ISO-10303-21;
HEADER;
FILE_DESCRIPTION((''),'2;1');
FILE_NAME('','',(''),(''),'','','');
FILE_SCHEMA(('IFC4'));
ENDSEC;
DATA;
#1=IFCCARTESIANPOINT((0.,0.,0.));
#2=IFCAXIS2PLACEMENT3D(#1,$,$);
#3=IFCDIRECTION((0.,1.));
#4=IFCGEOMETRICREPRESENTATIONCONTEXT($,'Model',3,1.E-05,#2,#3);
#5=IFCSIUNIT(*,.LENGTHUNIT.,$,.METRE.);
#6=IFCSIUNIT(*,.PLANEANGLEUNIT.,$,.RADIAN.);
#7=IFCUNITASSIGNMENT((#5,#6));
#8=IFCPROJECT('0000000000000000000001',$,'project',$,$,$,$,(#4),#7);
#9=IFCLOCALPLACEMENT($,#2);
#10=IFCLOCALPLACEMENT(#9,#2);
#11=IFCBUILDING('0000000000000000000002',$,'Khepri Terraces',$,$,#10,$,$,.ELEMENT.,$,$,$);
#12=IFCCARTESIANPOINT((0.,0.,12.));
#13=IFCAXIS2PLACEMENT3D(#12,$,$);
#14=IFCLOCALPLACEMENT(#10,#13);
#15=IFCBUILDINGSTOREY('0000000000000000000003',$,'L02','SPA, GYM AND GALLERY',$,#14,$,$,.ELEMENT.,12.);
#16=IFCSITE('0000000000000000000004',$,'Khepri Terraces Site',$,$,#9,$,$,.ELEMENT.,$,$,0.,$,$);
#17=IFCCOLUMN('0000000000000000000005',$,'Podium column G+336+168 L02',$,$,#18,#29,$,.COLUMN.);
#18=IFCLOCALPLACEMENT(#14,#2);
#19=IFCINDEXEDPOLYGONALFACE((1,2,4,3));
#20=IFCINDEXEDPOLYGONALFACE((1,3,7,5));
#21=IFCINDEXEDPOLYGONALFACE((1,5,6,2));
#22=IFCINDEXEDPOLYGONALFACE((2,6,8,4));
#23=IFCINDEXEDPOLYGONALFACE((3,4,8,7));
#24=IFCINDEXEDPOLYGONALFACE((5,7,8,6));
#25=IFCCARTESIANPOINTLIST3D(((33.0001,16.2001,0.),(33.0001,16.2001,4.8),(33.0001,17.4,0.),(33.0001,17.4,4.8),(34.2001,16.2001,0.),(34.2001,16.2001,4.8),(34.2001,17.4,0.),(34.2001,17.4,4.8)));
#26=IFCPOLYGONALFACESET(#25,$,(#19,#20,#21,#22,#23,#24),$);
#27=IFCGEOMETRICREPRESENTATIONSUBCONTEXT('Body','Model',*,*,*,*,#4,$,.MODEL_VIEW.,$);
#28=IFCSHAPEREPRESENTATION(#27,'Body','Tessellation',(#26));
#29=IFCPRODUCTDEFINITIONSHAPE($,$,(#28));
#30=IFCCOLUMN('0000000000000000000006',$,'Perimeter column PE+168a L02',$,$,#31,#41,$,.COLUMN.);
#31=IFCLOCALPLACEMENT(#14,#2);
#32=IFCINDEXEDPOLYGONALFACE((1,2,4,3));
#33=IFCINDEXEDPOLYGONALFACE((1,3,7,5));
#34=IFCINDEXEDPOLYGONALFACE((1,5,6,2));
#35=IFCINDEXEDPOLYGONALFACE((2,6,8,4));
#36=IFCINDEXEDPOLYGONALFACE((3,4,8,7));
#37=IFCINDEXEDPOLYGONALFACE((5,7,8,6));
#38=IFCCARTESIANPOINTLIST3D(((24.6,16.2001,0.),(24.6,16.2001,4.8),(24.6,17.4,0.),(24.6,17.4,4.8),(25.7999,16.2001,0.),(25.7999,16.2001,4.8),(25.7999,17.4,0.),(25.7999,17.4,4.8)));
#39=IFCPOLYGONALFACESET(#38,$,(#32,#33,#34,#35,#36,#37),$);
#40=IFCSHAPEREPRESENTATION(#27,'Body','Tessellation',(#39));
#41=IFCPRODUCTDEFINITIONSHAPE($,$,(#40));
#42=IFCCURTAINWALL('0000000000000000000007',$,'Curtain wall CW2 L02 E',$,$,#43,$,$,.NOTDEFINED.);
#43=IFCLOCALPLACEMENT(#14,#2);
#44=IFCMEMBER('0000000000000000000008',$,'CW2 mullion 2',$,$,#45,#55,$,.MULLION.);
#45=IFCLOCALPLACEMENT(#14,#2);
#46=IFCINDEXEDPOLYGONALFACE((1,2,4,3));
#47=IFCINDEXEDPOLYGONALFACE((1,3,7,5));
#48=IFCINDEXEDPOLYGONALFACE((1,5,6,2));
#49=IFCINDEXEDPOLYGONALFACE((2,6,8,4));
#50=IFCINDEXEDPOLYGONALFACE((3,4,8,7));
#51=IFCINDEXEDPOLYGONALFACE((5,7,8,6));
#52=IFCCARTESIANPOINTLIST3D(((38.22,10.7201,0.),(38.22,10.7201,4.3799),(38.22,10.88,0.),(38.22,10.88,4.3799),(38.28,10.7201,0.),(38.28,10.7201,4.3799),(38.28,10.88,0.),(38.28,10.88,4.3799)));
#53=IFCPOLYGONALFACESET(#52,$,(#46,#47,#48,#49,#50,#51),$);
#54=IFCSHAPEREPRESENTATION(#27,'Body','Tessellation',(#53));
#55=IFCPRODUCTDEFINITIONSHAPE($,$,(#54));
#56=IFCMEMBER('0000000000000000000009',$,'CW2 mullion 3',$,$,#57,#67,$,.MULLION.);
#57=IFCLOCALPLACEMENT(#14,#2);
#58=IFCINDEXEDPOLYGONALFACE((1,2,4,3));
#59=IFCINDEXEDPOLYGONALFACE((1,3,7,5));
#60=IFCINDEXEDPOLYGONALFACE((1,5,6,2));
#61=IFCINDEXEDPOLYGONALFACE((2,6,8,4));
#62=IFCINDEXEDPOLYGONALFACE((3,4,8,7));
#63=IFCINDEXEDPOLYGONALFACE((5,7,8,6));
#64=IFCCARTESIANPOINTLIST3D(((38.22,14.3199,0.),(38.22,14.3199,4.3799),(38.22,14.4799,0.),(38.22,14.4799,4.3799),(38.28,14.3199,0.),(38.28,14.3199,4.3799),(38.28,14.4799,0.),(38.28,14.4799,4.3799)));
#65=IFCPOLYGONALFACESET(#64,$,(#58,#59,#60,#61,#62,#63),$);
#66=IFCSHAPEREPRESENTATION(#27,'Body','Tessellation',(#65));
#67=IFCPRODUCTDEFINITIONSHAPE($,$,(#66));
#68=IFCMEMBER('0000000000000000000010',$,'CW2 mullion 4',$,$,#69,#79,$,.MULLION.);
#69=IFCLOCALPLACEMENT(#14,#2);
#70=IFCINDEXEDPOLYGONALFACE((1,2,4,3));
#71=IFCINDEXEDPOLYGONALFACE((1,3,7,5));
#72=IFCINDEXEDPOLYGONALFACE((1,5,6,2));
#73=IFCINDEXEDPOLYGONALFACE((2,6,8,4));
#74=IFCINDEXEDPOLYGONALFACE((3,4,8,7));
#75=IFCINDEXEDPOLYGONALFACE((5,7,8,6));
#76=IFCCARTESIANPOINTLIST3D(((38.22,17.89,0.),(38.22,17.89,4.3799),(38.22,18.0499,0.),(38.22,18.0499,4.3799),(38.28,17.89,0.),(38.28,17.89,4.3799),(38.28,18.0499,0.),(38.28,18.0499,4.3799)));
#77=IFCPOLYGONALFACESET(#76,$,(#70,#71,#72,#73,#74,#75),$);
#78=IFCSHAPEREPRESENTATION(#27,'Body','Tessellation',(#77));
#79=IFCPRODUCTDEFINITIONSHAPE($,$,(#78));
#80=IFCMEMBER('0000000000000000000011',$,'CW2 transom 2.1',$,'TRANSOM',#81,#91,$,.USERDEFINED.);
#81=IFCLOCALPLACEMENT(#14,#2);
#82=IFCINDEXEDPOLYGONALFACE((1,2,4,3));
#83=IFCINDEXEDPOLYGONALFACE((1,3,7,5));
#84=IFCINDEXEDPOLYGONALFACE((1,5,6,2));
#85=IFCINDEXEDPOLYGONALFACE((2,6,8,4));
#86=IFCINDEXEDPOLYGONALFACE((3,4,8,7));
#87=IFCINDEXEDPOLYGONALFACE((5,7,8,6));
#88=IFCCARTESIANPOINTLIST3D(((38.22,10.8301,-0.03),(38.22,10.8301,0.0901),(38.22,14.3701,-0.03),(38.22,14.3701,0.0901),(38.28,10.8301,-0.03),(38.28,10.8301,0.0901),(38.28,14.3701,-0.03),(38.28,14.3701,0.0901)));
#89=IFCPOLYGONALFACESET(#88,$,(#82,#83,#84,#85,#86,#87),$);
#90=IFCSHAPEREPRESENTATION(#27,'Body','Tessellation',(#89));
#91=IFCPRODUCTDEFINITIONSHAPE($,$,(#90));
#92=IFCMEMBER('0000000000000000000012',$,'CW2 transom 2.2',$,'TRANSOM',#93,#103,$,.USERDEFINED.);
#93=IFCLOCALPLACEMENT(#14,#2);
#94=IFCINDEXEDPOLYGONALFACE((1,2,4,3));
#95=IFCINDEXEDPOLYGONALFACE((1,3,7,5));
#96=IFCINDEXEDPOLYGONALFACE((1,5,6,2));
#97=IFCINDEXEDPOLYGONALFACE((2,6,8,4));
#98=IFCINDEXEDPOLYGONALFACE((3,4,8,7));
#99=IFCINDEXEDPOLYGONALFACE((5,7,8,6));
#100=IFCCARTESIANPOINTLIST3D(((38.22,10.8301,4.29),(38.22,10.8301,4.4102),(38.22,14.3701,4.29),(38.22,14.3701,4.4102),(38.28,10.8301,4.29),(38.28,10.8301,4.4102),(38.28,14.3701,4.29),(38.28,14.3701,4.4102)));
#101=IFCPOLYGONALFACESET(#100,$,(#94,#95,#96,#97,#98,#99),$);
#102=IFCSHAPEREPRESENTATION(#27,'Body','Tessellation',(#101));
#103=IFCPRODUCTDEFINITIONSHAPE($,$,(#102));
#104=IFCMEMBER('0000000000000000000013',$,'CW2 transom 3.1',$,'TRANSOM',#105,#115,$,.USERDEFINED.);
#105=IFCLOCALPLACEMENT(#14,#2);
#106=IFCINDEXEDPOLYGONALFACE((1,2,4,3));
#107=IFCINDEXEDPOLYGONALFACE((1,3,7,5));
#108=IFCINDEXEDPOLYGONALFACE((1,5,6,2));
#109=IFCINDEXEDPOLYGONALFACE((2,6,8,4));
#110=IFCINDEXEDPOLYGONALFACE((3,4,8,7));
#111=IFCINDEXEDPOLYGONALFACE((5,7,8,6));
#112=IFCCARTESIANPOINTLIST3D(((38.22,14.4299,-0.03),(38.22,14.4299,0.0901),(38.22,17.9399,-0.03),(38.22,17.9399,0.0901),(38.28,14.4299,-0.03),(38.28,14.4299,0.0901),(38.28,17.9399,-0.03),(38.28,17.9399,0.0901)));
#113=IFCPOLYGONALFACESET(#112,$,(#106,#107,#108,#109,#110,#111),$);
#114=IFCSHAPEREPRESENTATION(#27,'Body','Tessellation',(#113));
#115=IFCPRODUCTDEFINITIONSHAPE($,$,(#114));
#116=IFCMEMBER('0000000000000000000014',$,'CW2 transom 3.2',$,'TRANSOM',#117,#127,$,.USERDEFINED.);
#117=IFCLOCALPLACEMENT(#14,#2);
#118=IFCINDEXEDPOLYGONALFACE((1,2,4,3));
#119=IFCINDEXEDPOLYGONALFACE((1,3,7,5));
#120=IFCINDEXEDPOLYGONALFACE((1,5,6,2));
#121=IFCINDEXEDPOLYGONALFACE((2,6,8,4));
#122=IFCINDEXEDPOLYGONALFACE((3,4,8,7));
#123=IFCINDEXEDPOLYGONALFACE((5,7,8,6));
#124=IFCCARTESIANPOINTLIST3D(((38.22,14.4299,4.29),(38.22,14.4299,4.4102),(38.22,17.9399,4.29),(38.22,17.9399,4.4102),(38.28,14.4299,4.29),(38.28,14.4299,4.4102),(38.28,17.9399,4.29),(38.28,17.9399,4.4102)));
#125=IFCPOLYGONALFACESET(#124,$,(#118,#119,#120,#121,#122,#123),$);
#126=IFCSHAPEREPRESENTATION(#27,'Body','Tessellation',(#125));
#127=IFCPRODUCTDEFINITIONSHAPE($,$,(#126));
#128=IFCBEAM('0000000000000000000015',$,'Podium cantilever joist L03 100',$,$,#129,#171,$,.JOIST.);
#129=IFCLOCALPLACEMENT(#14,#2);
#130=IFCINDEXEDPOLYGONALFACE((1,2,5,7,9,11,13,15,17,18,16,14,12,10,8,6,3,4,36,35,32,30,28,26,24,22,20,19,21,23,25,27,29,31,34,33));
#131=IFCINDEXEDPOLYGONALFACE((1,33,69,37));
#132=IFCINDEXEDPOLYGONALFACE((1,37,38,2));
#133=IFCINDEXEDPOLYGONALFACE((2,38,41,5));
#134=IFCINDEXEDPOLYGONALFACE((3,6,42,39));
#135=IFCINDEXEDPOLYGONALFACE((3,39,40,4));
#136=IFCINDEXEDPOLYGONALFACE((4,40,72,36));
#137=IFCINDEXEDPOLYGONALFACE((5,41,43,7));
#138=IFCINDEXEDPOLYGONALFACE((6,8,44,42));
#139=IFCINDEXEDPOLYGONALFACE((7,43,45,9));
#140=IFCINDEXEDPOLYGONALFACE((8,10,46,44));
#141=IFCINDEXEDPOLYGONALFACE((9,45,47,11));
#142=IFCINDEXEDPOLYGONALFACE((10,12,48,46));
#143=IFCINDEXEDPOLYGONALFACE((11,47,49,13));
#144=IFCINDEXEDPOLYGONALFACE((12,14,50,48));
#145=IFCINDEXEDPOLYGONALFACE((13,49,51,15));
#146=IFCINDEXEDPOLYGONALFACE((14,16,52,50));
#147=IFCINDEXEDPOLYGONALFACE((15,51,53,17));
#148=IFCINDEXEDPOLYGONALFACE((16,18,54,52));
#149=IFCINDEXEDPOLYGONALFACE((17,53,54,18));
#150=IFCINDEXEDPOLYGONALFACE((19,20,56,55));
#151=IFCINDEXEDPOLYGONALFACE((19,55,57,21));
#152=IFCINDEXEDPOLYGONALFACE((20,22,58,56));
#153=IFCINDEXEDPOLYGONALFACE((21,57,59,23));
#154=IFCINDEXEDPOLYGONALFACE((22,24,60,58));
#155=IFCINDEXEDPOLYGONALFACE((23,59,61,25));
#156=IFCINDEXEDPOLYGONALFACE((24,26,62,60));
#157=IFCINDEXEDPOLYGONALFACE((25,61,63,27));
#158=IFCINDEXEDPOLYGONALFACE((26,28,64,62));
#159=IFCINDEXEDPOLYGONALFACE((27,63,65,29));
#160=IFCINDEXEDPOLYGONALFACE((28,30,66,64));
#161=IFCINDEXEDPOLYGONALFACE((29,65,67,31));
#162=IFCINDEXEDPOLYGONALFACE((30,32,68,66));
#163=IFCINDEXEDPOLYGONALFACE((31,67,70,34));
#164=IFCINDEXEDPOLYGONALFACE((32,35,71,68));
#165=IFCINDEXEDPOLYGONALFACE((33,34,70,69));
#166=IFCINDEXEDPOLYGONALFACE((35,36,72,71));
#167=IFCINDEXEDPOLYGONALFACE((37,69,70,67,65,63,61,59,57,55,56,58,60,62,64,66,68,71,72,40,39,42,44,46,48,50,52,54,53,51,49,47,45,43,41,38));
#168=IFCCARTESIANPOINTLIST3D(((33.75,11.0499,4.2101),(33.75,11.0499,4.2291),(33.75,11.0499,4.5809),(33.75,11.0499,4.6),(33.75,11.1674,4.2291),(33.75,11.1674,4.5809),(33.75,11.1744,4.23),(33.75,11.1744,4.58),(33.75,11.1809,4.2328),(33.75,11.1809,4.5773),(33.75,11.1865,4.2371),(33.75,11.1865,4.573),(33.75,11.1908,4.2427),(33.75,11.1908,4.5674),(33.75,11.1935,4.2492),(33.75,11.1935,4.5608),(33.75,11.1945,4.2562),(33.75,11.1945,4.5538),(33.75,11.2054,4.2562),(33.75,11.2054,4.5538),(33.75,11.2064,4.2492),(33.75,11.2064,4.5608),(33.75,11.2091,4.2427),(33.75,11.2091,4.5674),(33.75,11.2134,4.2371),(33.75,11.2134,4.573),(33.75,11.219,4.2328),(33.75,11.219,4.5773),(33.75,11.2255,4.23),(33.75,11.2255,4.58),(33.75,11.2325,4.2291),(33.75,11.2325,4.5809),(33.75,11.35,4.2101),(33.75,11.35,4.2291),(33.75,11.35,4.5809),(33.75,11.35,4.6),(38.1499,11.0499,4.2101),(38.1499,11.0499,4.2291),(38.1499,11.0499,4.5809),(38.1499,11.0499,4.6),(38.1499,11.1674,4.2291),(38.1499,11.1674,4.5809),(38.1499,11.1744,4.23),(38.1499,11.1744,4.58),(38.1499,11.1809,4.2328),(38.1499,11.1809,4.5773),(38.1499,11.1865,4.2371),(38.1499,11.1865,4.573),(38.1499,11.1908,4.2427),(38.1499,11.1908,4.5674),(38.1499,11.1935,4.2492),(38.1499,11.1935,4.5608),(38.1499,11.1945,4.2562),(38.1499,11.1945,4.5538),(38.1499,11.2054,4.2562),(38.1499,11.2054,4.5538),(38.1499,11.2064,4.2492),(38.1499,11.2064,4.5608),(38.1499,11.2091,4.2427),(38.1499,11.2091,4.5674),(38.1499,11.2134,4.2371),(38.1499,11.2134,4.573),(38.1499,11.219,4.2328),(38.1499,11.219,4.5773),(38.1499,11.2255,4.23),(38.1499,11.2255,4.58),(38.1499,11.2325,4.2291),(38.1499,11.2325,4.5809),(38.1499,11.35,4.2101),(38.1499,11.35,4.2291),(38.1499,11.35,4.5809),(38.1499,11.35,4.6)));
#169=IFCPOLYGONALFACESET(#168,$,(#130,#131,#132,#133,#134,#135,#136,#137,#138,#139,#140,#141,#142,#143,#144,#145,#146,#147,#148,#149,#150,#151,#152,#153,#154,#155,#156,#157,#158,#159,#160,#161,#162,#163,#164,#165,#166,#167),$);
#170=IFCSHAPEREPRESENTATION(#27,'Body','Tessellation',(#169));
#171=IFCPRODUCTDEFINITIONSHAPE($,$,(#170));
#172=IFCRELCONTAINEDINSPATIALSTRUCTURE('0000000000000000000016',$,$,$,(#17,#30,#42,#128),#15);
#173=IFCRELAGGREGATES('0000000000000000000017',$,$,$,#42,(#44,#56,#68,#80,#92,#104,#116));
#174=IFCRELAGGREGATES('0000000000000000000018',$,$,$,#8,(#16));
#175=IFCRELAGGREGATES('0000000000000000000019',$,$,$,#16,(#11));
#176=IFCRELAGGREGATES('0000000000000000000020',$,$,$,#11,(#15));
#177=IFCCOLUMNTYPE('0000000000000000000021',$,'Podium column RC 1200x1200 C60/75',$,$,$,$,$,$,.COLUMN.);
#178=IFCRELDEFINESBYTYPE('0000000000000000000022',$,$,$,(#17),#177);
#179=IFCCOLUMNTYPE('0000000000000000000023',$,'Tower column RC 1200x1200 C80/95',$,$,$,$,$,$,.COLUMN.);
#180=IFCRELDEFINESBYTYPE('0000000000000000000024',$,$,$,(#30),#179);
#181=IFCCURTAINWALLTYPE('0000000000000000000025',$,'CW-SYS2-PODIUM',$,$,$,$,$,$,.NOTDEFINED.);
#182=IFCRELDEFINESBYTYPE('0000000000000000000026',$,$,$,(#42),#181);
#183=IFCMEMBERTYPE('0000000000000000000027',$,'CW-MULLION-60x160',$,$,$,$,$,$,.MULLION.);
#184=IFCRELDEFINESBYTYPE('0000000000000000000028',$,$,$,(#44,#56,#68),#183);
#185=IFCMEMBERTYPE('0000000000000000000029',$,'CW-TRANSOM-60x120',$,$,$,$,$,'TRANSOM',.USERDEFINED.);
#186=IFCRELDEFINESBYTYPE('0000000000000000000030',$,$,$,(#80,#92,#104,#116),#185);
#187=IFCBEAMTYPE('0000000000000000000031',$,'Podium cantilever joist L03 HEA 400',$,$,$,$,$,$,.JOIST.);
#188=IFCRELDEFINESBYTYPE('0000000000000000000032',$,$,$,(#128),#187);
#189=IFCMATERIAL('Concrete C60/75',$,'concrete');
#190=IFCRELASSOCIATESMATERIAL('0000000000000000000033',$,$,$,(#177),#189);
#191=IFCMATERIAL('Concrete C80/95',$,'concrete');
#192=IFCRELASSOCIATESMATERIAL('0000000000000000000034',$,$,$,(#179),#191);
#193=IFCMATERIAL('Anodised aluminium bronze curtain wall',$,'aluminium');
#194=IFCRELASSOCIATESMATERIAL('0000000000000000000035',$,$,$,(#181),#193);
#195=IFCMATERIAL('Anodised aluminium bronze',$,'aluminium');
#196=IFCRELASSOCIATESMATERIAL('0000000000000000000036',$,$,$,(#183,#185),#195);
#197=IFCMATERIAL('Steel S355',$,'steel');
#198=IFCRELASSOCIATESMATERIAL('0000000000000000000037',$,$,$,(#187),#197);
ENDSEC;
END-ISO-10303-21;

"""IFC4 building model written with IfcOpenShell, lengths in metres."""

from ifc_helpers import new_model, si_unit, direction, frame, origin, origin_2d, place, context, subcontext, project, spatial, rectangle, i_section, extrude, material, material_profile, profile_set, type_object, element, aggregate, save


model = new_model("IFC4")

# Units and contexts
model_context = context("Model", 3, precision=1e-05, world=origin(), true_north=direction((0.0, 1.0)))
body_context = subcontext(model_context, "Body", "Model", "MODEL_VIEW")
ifc_project = project(units=[si_unit("LENGTHUNIT", "METRE"), si_unit("PLANEANGLEUNIT", "RADIAN")], contexts=[model_context])

# Site, building, storey
site_placement = place(None, origin())
site = spatial("IfcSite", under=ifc_project, at=site_placement, Name="Khepri Terraces Site", CompositionType="ELEMENT", RefElevation=0.0)
building_placement = place(site_placement, origin())
building = spatial("IfcBuilding", under=site, at=building_placement, Name="Khepri Terraces", CompositionType="ELEMENT")
storey_placement = place(building_placement, frame((0.0, 0.0, 12.0)))
storey = spatial("IfcBuildingStorey", under=building, at=storey_placement, Name="L02", Description="SPA, GYM AND GALLERY", CompositionType="ELEMENT", Elevation=12.0)

# Columns
ifc_material_1 = material(Name="Concrete C60/75", Category="concrete")
ifc_material_profile_1 = material_profile(ifc_material_1, rectangle(XDim=1.2, YDim=1.2, at=origin_2d()), Name="Concrete C60/75", Category="concrete")
ifc_profile_set_1 = profile_set([ifc_material_profile_1], Name="Concrete C60/75")
column_type_1 = type_object("IfcColumnType", Name="Podium column RC 1200x1200 C60/75", PredefinedType="COLUMN", material=ifc_profile_set_1)
column_1_placement = place(storey_placement, frame((33.6001, 16.8, 0.0), z_axis=(0.0, 0.0, 1.0), x_axis=(1.0, 0.0, 0.0)))
element("IfcColumn", 1, at=column_1_placement, inside=storey, type_object=column_type_1, Name="Podium column G+336+168 L02", PredefinedType="COLUMN", context=body_context, shape_type="SweptSolid", body=[
    extrude(rectangle(XDim=1.2, YDim=1.2, at=origin_2d()), origin(), (0.0, 0.0, 1.0), 4.8),
])
ifc_material_2 = material(Name="Concrete C80/95", Category="concrete")
ifc_material_profile_2 = material_profile(ifc_material_2, rectangle(XDim=1.2, YDim=1.2, at=origin_2d()), Name="Concrete C80/95", Category="concrete")
ifc_profile_set_2 = profile_set([ifc_material_profile_2], Name="Concrete C80/95")
column_type_2 = type_object("IfcColumnType", Name="Tower column RC 1200x1200 C80/95", PredefinedType="COLUMN", material=ifc_profile_set_2)
column_2_placement = place(storey_placement, frame((25.2, 16.8, 0.0), z_axis=(0.0, 0.0, 1.0), x_axis=(1.0, 0.0, 0.0)))
element("IfcColumn", 2, at=column_2_placement, inside=storey, type_object=column_type_2, Name="Perimeter column PE+168a L02", PredefinedType="COLUMN", context=body_context, shape_type="SweptSolid", body=[
    extrude(rectangle(XDim=1.2, YDim=1.2, at=origin_2d()), origin(), (0.0, 0.0, 1.0), 4.8),
])

# Curtain wall, members
ifc_material_3 = material(Name="Anodised aluminium bronze curtain wall", Category="aluminium")
curtain_wall_type = type_object("IfcCurtainWallType", Name="CW-SYS2-PODIUM", PredefinedType="NOTDEFINED", material=ifc_material_3)
curtain_wall_placement = place(storey_placement, origin())
curtain_wall = element("IfcCurtainWall", 3, at=curtain_wall_placement, inside=storey, type_object=curtain_wall_type, Name="Curtain wall CW2 L02 E", PredefinedType="NOTDEFINED")
ifc_material_4 = material(Name="Anodised aluminium bronze", Category="aluminium")
ifc_material_profile_3 = material_profile(ifc_material_4, rectangle(XDim=0.0601, YDim=0.1599, at=origin_2d()), Name="Anodised aluminium bronze", Category="aluminium")
ifc_profile_set_3 = profile_set([ifc_material_profile_3], Name="Anodised aluminium bronze")
member_type_1 = type_object("IfcMemberType", Name="CW-MULLION-60x160", PredefinedType="MULLION", material=ifc_profile_set_3)
member_1_placement = place(storey_placement, frame((38.25, 10.8, 0.0), z_axis=(0.0, 0.0, 1.0), x_axis=(-1.0, 0.0, 0.0)))
member_1 = element("IfcMember", 4, at=member_1_placement, type_object=member_type_1, Name="CW2 mullion 2", PredefinedType="MULLION", context=body_context, shape_type="SweptSolid", body=[
    extrude(rectangle(XDim=0.0601, YDim=0.1599, at=origin_2d()), origin(), (0.0, 0.0, 1.0), 4.3799),
])
member_2_placement = place(storey_placement, frame((38.25, 14.3999, 0.0), z_axis=(0.0, 0.0, 1.0), x_axis=(-1.0, 0.0, 0.0)))
member_2 = element("IfcMember", 5, at=member_2_placement, type_object=member_type_1, Name="CW2 mullion 3", PredefinedType="MULLION", context=body_context, shape_type="SweptSolid", body=[
    extrude(rectangle(XDim=0.0601, YDim=0.1599, at=origin_2d()), origin(), (0.0, 0.0, 1.0), 4.3799),
])
member_3_placement = place(storey_placement, frame((38.25, 17.97, 0.0), z_axis=(0.0, 0.0, 1.0), x_axis=(-1.0, 0.0, 0.0)))
member_3 = element("IfcMember", 6, at=member_3_placement, type_object=member_type_1, Name="CW2 mullion 4", PredefinedType="MULLION", context=body_context, shape_type="SweptSolid", body=[
    extrude(rectangle(XDim=0.0601, YDim=0.1599, at=origin_2d()), origin(), (0.0, 0.0, 1.0), 4.3799),
])
ifc_material_profile_4 = material_profile(ifc_material_4, rectangle(XDim=0.0601, YDim=0.1201, at=origin_2d()), Name="Anodised aluminium bronze", Category="aluminium")
ifc_profile_set_4 = profile_set([ifc_material_profile_4], Name="Anodised aluminium bronze")
member_type_2 = type_object("IfcMemberType", Name="CW-TRANSOM-60x120", ElementType="TRANSOM", PredefinedType="USERDEFINED", material=ifc_profile_set_4)
member_4_placement = place(storey_placement, frame((38.25, 10.8301, 0.03), z_axis=(0.0, 1.0, 0.0), x_axis=(-1.0, 0.0, 0.0)))
member_4 = element("IfcMember", 7, at=member_4_placement, type_object=member_type_2, Name="CW2 transom 2.1", ObjectType="TRANSOM", PredefinedType="USERDEFINED", context=body_context, shape_type="SweptSolid", body=[
    extrude(rectangle(XDim=0.0601, YDim=0.1201, at=origin_2d()), origin(), (0.0, 0.0, 1.0), 3.54),
])
member_5_placement = place(storey_placement, frame((38.25, 10.8301, 4.3501), z_axis=(0.0, 1.0, 0.0), x_axis=(-1.0, 0.0, 0.0)))
member_5 = element("IfcMember", 8, at=member_5_placement, type_object=member_type_2, Name="CW2 transom 2.2", ObjectType="TRANSOM", PredefinedType="USERDEFINED", context=body_context, shape_type="SweptSolid", body=[
    extrude(rectangle(XDim=0.0601, YDim=0.1201, at=origin_2d()), origin(), (0.0, 0.0, 1.0), 3.54),
])
member_6_placement = place(storey_placement, frame((38.25, 14.4299, 0.03), z_axis=(0.0, 1.0, 0.0), x_axis=(-1.0, 0.0, 0.0)))
member_6 = element("IfcMember", 9, at=member_6_placement, type_object=member_type_2, Name="CW2 transom 3.1", ObjectType="TRANSOM", PredefinedType="USERDEFINED", context=body_context, shape_type="SweptSolid", body=[
    extrude(rectangle(XDim=0.0601, YDim=0.1201, at=origin_2d()), origin(), (0.0, 0.0, 1.0), 3.51),
])
member_7_placement = place(storey_placement, frame((38.25, 14.4299, 4.3501), z_axis=(0.0, 1.0, 0.0), x_axis=(-1.0, 0.0, 0.0)))
member_7 = element("IfcMember", 10, at=member_7_placement, type_object=member_type_2, Name="CW2 transom 3.2", ObjectType="TRANSOM", PredefinedType="USERDEFINED", context=body_context, shape_type="SweptSolid", body=[
    extrude(rectangle(XDim=0.0601, YDim=0.1201, at=origin_2d()), origin(), (0.0, 0.0, 1.0), 3.51),
])

# Beam
ifc_material_5 = material(Name="Steel S355", Category="steel")
ifc_material_profile_5 = material_profile(ifc_material_5, i_section(OverallWidth=0.3, OverallDepth=0.3899, WebThickness=0.011, FlangeThickness=0.019, FilletRadius=0.0271, at=origin_2d()), Name="Steel S355", Category="steel")
ifc_profile_set_5 = profile_set([ifc_material_profile_5], Name="Steel S355")
beam_type_1 = type_object("IfcBeamType", Name="Podium cantilever joist L03 HEA 400", PredefinedType="JOIST", material=ifc_profile_set_5)
for number, where, z_axis, x_axis, name in (
    (11, (33.75, 11.2, 4.405), (1.0, 0.0, 0.0), (0.0, 1.0, 0.0), "Podium cantilever joist L03 100"),
):
    element("IfcBeam", number, at=place(storey_placement, frame(where, z_axis=z_axis, x_axis=x_axis)), inside=storey, type_object=beam_type_1, Name=name, PredefinedType="JOIST", context=body_context, shape_type="SweptSolid", body=[
        extrude(i_section(OverallWidth=0.3, OverallDepth=0.3899, WebThickness=0.011, FlangeThickness=0.019, FilletRadius=0.0271, at=origin_2d()), origin(), (0.0, 0.0, 1.0), 4.3999),
    ])

aggregate(curtain_wall, [member_1, member_2, member_3, member_4, member_5, member_6, member_7])

save(model, "model.ifc")
